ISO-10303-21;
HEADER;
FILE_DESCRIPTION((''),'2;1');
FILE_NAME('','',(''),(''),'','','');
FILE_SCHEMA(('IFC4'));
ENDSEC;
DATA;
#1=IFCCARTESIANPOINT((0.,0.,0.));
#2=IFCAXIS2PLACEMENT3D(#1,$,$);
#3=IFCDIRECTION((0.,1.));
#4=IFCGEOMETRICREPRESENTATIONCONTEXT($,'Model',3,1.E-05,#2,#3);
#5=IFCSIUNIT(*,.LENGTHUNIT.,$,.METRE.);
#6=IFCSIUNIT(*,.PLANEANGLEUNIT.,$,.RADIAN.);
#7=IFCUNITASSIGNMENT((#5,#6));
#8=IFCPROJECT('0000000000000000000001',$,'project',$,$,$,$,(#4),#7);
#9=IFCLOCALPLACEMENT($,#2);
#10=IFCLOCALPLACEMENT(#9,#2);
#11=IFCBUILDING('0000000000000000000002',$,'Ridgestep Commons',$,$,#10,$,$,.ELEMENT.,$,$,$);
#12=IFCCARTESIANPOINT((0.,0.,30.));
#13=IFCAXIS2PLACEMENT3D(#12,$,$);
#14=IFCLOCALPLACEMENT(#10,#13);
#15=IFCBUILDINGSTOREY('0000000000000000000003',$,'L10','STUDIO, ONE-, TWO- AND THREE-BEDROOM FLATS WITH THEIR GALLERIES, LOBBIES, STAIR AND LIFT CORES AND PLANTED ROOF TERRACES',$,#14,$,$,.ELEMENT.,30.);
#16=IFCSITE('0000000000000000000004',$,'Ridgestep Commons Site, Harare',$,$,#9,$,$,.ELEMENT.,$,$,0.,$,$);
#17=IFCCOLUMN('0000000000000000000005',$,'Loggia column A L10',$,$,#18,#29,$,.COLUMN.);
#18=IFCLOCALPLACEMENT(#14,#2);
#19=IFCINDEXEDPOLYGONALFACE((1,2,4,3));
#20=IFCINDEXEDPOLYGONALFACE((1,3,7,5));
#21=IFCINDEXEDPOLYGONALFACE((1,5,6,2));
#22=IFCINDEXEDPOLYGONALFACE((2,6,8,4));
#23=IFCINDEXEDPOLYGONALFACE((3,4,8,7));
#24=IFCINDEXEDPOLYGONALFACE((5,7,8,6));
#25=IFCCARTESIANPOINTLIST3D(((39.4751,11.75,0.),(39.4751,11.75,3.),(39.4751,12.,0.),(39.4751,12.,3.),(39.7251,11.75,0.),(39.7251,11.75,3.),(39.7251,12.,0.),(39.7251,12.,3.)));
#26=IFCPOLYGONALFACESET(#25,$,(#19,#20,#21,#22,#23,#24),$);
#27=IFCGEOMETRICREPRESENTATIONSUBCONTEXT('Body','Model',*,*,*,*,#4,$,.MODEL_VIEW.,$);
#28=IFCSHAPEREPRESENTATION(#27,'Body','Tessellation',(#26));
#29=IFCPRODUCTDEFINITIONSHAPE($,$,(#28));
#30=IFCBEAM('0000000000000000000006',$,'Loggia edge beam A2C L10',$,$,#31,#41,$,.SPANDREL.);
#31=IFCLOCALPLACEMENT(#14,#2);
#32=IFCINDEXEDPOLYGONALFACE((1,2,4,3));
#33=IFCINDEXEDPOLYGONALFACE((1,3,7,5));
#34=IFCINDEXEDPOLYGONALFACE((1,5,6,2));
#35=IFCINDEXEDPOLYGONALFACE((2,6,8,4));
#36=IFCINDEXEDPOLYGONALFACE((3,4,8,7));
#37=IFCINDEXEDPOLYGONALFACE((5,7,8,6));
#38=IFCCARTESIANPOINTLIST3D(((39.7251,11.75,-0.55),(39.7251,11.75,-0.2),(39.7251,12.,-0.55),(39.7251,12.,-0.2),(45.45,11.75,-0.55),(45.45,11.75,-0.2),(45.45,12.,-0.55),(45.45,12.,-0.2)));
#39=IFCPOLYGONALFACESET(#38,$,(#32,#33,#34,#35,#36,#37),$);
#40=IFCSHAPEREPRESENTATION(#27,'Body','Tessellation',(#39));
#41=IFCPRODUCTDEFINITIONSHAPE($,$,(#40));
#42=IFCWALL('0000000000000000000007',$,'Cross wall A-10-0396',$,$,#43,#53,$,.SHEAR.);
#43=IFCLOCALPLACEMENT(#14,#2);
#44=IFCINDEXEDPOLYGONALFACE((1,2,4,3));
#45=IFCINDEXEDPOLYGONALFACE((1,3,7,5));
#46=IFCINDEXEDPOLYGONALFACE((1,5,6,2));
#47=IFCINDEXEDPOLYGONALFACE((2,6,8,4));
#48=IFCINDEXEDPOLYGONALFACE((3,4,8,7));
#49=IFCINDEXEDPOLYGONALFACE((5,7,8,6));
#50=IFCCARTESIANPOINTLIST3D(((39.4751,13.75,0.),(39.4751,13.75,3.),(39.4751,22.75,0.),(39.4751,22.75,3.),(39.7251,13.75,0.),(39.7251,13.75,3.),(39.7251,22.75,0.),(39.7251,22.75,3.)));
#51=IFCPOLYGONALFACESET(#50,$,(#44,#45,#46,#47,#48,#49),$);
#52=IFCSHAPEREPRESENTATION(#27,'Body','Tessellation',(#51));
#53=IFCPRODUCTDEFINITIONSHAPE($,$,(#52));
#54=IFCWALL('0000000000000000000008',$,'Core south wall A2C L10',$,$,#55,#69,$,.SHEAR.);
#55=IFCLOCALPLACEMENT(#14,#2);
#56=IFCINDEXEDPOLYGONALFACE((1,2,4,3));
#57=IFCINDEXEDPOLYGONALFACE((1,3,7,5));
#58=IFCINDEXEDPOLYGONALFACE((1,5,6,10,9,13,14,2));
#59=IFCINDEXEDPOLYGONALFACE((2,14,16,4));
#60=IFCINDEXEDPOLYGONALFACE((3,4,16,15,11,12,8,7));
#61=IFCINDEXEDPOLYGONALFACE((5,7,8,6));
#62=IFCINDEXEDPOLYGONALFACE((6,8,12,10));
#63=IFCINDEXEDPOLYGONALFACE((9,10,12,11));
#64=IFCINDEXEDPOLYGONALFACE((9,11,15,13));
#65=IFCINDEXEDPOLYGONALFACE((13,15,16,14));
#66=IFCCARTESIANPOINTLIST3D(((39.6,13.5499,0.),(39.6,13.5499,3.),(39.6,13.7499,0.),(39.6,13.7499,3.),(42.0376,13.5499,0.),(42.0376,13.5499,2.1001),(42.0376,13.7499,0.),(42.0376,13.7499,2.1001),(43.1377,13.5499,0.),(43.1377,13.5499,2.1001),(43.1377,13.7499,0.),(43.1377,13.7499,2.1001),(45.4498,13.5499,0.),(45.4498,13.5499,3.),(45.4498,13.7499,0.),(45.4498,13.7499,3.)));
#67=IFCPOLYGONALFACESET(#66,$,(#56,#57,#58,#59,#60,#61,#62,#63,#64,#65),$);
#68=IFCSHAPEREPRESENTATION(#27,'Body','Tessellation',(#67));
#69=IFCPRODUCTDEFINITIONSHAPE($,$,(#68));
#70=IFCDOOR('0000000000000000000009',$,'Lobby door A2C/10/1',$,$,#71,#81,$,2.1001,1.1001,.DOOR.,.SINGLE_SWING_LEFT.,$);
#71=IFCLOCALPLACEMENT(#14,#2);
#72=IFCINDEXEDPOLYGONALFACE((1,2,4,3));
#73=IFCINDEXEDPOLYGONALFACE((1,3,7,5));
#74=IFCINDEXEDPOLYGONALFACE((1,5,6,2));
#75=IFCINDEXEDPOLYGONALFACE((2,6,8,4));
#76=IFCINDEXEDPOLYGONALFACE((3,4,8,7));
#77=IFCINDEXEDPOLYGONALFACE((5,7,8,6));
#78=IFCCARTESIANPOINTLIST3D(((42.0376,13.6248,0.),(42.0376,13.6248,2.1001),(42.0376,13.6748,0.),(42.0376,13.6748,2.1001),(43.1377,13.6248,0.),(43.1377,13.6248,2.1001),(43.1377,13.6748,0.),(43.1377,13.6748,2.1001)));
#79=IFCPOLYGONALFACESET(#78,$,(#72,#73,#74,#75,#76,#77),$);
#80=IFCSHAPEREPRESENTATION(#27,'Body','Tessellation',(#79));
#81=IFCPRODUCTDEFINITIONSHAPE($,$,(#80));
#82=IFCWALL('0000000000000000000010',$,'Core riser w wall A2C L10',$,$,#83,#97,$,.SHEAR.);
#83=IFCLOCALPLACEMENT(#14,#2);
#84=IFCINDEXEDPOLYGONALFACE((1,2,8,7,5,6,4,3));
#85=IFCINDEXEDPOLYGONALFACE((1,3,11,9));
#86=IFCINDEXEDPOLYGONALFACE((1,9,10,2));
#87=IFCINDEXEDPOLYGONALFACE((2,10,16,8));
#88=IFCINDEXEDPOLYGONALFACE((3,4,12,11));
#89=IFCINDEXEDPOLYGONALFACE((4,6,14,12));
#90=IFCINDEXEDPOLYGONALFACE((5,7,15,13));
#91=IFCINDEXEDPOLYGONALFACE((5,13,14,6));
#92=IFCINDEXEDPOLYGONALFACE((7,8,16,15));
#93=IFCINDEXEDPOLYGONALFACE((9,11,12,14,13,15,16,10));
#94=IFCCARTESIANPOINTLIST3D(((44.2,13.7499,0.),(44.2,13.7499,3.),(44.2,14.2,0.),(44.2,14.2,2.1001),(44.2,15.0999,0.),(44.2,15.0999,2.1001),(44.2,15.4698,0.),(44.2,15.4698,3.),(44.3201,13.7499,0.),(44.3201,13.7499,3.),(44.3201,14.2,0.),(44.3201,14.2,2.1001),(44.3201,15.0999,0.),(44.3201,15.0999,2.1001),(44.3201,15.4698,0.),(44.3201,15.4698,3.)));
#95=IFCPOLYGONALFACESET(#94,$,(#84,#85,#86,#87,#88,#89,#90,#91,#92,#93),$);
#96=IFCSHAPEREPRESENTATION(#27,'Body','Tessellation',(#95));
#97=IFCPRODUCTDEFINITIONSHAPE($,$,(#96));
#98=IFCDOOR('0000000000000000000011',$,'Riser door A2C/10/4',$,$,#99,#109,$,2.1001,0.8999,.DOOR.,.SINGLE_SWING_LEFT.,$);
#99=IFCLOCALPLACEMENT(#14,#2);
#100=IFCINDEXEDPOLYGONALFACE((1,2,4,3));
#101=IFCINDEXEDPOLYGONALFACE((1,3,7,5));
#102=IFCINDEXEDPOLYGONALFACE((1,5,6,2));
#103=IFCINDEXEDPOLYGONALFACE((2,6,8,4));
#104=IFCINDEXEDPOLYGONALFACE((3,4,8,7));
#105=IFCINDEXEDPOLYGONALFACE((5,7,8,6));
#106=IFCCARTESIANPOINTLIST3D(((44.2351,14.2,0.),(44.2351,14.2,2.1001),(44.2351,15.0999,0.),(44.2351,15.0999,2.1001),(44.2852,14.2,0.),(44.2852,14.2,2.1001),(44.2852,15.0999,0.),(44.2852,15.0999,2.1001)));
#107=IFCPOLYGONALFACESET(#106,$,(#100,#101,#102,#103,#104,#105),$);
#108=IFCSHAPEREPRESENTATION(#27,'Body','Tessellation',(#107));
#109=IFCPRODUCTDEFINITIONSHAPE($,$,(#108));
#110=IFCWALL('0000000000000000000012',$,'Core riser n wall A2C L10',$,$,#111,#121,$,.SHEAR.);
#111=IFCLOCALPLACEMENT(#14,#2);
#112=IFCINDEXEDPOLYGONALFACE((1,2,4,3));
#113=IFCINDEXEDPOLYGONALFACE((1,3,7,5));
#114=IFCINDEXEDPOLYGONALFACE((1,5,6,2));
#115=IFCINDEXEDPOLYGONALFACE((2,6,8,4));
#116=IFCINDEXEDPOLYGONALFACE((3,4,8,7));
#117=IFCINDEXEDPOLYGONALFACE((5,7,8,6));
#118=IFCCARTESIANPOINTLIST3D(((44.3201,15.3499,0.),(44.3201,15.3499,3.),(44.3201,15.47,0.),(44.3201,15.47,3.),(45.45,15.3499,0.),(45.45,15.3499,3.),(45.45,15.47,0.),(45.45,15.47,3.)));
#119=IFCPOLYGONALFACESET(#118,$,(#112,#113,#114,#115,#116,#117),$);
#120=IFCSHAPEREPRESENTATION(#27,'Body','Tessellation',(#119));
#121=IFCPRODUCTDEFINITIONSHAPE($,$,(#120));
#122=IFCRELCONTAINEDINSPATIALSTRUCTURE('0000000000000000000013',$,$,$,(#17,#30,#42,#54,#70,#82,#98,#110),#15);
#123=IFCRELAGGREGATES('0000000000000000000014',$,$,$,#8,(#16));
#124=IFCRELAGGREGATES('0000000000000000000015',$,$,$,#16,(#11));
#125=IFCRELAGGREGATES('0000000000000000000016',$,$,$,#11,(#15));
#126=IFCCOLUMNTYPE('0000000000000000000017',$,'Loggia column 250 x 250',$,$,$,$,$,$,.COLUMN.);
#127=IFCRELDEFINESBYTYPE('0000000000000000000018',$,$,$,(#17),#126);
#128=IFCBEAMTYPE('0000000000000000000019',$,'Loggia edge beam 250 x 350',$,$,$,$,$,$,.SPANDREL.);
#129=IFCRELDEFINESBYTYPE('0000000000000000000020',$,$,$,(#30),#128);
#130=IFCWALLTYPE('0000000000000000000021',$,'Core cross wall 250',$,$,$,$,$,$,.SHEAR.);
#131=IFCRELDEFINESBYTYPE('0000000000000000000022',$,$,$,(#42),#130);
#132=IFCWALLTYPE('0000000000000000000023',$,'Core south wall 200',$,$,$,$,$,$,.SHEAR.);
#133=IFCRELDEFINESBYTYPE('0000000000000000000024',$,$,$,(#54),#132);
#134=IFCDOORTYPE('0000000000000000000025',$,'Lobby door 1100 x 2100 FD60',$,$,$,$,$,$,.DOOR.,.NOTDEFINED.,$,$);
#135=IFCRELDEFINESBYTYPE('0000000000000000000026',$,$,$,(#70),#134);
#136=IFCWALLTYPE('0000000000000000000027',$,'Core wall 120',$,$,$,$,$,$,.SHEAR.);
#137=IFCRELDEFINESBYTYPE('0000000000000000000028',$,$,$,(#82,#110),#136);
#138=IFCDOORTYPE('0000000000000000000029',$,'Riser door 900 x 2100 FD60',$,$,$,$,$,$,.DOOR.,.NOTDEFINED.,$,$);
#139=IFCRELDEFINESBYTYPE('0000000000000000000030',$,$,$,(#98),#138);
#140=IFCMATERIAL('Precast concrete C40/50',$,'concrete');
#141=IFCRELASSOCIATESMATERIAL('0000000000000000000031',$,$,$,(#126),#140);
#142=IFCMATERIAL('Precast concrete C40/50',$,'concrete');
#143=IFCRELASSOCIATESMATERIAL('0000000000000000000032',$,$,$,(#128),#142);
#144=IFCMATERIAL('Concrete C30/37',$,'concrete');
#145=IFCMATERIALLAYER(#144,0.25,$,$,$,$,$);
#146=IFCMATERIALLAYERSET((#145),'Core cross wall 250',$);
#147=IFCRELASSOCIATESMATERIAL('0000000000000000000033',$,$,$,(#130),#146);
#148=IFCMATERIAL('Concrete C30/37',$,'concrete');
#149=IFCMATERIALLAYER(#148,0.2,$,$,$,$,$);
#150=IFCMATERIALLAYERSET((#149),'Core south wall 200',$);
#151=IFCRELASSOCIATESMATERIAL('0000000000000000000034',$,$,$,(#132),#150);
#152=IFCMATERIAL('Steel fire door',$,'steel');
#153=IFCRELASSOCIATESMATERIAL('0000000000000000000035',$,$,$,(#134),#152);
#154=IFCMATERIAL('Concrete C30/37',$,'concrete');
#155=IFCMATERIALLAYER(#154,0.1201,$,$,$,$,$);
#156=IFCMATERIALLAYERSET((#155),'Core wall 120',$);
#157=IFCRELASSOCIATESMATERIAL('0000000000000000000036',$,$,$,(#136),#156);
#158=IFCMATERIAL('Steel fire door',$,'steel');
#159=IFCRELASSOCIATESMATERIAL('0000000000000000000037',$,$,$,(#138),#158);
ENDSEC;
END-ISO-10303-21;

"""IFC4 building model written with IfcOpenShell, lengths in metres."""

from ifc_helpers import new_model, si_unit, direction, frame, frame_2d, origin, origin_2d, place, context, subcontext, project, spatial, rectangle, extrude, material, layer, layer_set, material_profile, profile_set, type_object, element, fill, save


model = new_model("IFC4")

# Units and contexts
model_context = context("Model", 3, precision=1e-05, world=origin(), true_north=direction((0.0, 1.0)))
body_context = subcontext(model_context, "Body", "Model", "MODEL_VIEW")
ifc_project = project(units=[si_unit("LENGTHUNIT", "METRE"), si_unit("PLANEANGLEUNIT", "RADIAN")], contexts=[model_context])

# Site, building, storey
site_placement = place(None, origin())
site = spatial("IfcSite", under=ifc_project, at=site_placement, Name="Ridgestep Commons Site, Harare", CompositionType="ELEMENT", RefElevation=0.0)
building_placement = place(site_placement, origin())
building = spatial("IfcBuilding", under=site, at=building_placement, Name="Ridgestep Commons", CompositionType="ELEMENT")
storey_placement = place(building_placement, frame((0.0, 0.0, 30.0)))
storey = spatial("IfcBuildingStorey", under=building, at=storey_placement, Name="L10", Description="STUDIO, ONE-, TWO- AND THREE-BEDROOM FLATS WITH THEIR GALLERIES, LOBBIES, STAIR AND LIFT CORES AND PLANTED ROOF TERRACES", CompositionType="ELEMENT", Elevation=30.0)

# Column
ifc_material_1 = material(Name="Precast concrete C40/50", Category="concrete")
ifc_material_profile_1 = material_profile(ifc_material_1, rectangle(XDim=0.25, YDim=0.25, at=origin_2d()), Name="PC 250x250")
ifc_profile_set_1 = profile_set([ifc_material_profile_1], Name="Precast concrete C40/50")
column_type = type_object("IfcColumnType", Name="Loggia column 250 x 250", PredefinedType="COLUMN", material=ifc_profile_set_1)
column_placement = place(storey_placement, frame((39.6001, 11.875, 0.0), z_axis=(0.0, 0.0, 1.0), x_axis=(1.0, 0.0, 0.0)))
element("IfcColumn", 1, at=column_placement, inside=storey, type_object=column_type, Name="Loggia column A L10", PredefinedType="COLUMN", context=body_context, shape_type="SweptSolid", body=[
    extrude(rectangle(XDim=0.25, YDim=0.25, at=origin_2d()), origin(), (0.0, 0.0, 1.0), 3.0),
])

# Beam
ifc_material_2 = material(Name="Precast concrete C40/50", Category="concrete")
ifc_material_profile_2 = material_profile(ifc_material_2, rectangle(XDim=0.25, YDim=0.3501, at=origin_2d()), Name="PC 250x350")
ifc_profile_set_2 = profile_set([ifc_material_profile_2], Name="Precast concrete C40/50")
beam_type = type_object("IfcBeamType", Name="Loggia edge beam 250 x 350", PredefinedType="SPANDREL", material=ifc_profile_set_2)
beam_placement = place(storey_placement, frame((39.7251, 11.875, -0.375), z_axis=(1.0, 0.0, 0.0), x_axis=(0.0, 1.0, 0.0)))
element("IfcBeam", 2, at=beam_placement, inside=storey, type_object=beam_type, Name="Loggia edge beam A2C L10", PredefinedType="SPANDREL", context=body_context, shape_type="SweptSolid", body=[
    extrude(rectangle(XDim=0.25, YDim=0.3501, at=origin_2d()), origin(), (0.0, 0.0, 1.0), 5.7249),
])

# Wall
ifc_material_3 = material(Name="Concrete C30/37", Category="concrete")
ifc_layer_1 = layer(ifc_material_3, 0.25)
ifc_layer_set_1 = layer_set([ifc_layer_1], Name="Core cross wall 250")
wall_type_1 = type_object("IfcWallType", Name="Core cross wall 250", PredefinedType="SHEAR", material=ifc_layer_set_1)
wall_1_placement = place(storey_placement, frame((39.6001, 13.75, 0.0), z_axis=(0.0, 0.0, 1.0), x_axis=(0.0, 1.0, 0.0)))
element("IfcWall", 3, at=wall_1_placement, inside=storey, type_object=wall_type_1, Name="Cross wall A-10-0396", PredefinedType="SHEAR", context=body_context, shape_type="SweptSolid", body=[
    extrude(rectangle(XDim=9.0, YDim=0.25, at=frame_2d((4.5, 0.0))), origin(), (0.0, 0.0, 1.0), 3.0),
])

# Walls, openings, doors
ifc_material_4 = material(Name="Concrete C30/37", Category="concrete")
ifc_layer_2 = layer(ifc_material_4, 0.2)
ifc_layer_set_2 = layer_set([ifc_layer_2], Name="Core south wall 200")
wall_type_2 = type_object("IfcWallType", Name="Core south wall 200", PredefinedType="SHEAR", material=ifc_layer_set_2)
wall_2_placement = place(storey_placement, frame((39.6001, 13.6499, 0.0), z_axis=(0.0, 0.0, 1.0), x_axis=(1.0, 0.0, 0.0)))
wall_2 = element("IfcWall", 4, at=wall_2_placement, inside=storey, type_object=wall_type_2, Name="Core south wall A2C L10", PredefinedType="SHEAR", context=body_context, shape_type="SweptSolid", body=[
    extrude(rectangle(XDim=5.8499, YDim=0.2, at=frame_2d((2.9248, 0.0))), origin(), (0.0, 0.0, 1.0), 3.0),
])
opening_1_placement = place(wall_2_placement, frame((2.4375, 0.0, 0.0)))
opening_1 = element("IfcOpeningElement", 5, at=opening_1_placement, cuts=wall_2, PredefinedType="OPENING", context=body_context, shape_type="SweptSolid", body=[
    extrude(rectangle(XDim=1.1001, YDim=2.1001, at=frame_2d((0.55, 1.05))), frame((0.0, 0.1099, 0.0), z_axis=(0.0, -1.0, 0.0), x_axis=(1.0, 0.0, 0.0)), (0.0, 0.0, 1.0), 0.22),
])
ifc_material_5 = material(Name="Steel fire door", Category="steel")
door_type_1 = type_object("IfcDoorType", Name="Lobby door 1100 x 2100 FD60", OperationType="NOTDEFINED", PredefinedType="DOOR", material=ifc_material_5)
door_1_placement = place(opening_1_placement, origin())
door_1 = element("IfcDoor", 6, at=door_1_placement, inside=storey, type_object=door_type_1, Name="Lobby door A2C/10/1", OperationType="SINGLE_SWING_LEFT", OverallHeight=2.1001, OverallWidth=1.1001, PredefinedType="DOOR", context=body_context, shape_type="SweptSolid", body=[
    extrude(rectangle(XDim=1.1001, YDim=2.1001, at=frame_2d((0.55, 1.05))), frame((0.0, 0.0249, 0.0), z_axis=(0.0, -1.0, 0.0), x_axis=(1.0, 0.0, 0.0)), (0.0, 0.0, 1.0), 0.05),
])
fill(opening_1, door_1)
ifc_material_6 = material(Name="Concrete C30/37", Category="concrete")
ifc_layer_3 = layer(ifc_material_6, 0.1201)
ifc_layer_set_3 = layer_set([ifc_layer_3], Name="Core wall 120")
wall_type_3 = type_object("IfcWallType", Name="Core wall 120", PredefinedType="SHEAR", material=ifc_layer_set_3)
wall_3_placement = place(storey_placement, frame((44.26, 13.75, 0.0), z_axis=(0.0, 0.0, 1.0), x_axis=(0.0, 1.0, 0.0)))
wall_3 = element("IfcWall", 7, at=wall_3_placement, inside=storey, type_object=wall_type_3, Name="Core riser w wall A2C L10", PredefinedType="SHEAR", context=body_context, shape_type="SweptSolid", body=[
    extrude(rectangle(XDim=1.72, YDim=0.1201, at=frame_2d((0.8599, 0.0))), origin(), (0.0, 0.0, 1.0), 3.0),
])
opening_2_placement = place(wall_3_placement, frame((0.45, 0.0, 0.0)))
opening_2 = element("IfcOpeningElement", 8, at=opening_2_placement, cuts=wall_3, PredefinedType="OPENING", context=body_context, shape_type="SweptSolid", body=[
    extrude(rectangle(XDim=0.8999, YDim=2.1001, at=frame_2d((0.45, 1.05))), frame((0.0, 0.0701, 0.0), z_axis=(0.0, -1.0, 0.0), x_axis=(1.0, 0.0, 0.0)), (0.0, 0.0, 1.0), 0.1401),
])
ifc_material_7 = material(Name="Steel fire door", Category="steel")
door_type_2 = type_object("IfcDoorType", Name="Riser door 900 x 2100 FD60", OperationType="NOTDEFINED", PredefinedType="DOOR", material=ifc_material_7)
door_2_placement = place(opening_2_placement, origin())
door_2 = element("IfcDoor", 9, at=door_2_placement, inside=storey, type_object=door_type_2, Name="Riser door A2C/10/4", OperationType="SINGLE_SWING_LEFT", OverallHeight=2.1001, OverallWidth=0.8999, PredefinedType="DOOR", context=body_context, shape_type="SweptSolid", body=[
    extrude(rectangle(XDim=0.8999, YDim=2.1001, at=frame_2d((0.45, 1.05))), frame((0.0, 0.0249, 0.0), z_axis=(0.0, -1.0, 0.0), x_axis=(1.0, 0.0, 0.0)), (0.0, 0.0, 1.0), 0.05),
])
fill(opening_2, door_2)

# Wall
wall_4_placement = place(storey_placement, frame((44.3201, 15.4099, 0.0), z_axis=(0.0, 0.0, 1.0), x_axis=(1.0, 0.0, 0.0)))
element("IfcWall", 10, at=wall_4_placement, inside=storey, type_object=wall_type_3, Name="Core riser n wall A2C L10", PredefinedType="SHEAR", context=body_context, shape_type="SweptSolid", body=[
    extrude(rectangle(XDim=1.1299, YDim=0.1201, at=frame_2d((0.5649, 0.0))), origin(), (0.0, 0.0, 1.0), 3.0),
])

save(model, "model.ifc")
